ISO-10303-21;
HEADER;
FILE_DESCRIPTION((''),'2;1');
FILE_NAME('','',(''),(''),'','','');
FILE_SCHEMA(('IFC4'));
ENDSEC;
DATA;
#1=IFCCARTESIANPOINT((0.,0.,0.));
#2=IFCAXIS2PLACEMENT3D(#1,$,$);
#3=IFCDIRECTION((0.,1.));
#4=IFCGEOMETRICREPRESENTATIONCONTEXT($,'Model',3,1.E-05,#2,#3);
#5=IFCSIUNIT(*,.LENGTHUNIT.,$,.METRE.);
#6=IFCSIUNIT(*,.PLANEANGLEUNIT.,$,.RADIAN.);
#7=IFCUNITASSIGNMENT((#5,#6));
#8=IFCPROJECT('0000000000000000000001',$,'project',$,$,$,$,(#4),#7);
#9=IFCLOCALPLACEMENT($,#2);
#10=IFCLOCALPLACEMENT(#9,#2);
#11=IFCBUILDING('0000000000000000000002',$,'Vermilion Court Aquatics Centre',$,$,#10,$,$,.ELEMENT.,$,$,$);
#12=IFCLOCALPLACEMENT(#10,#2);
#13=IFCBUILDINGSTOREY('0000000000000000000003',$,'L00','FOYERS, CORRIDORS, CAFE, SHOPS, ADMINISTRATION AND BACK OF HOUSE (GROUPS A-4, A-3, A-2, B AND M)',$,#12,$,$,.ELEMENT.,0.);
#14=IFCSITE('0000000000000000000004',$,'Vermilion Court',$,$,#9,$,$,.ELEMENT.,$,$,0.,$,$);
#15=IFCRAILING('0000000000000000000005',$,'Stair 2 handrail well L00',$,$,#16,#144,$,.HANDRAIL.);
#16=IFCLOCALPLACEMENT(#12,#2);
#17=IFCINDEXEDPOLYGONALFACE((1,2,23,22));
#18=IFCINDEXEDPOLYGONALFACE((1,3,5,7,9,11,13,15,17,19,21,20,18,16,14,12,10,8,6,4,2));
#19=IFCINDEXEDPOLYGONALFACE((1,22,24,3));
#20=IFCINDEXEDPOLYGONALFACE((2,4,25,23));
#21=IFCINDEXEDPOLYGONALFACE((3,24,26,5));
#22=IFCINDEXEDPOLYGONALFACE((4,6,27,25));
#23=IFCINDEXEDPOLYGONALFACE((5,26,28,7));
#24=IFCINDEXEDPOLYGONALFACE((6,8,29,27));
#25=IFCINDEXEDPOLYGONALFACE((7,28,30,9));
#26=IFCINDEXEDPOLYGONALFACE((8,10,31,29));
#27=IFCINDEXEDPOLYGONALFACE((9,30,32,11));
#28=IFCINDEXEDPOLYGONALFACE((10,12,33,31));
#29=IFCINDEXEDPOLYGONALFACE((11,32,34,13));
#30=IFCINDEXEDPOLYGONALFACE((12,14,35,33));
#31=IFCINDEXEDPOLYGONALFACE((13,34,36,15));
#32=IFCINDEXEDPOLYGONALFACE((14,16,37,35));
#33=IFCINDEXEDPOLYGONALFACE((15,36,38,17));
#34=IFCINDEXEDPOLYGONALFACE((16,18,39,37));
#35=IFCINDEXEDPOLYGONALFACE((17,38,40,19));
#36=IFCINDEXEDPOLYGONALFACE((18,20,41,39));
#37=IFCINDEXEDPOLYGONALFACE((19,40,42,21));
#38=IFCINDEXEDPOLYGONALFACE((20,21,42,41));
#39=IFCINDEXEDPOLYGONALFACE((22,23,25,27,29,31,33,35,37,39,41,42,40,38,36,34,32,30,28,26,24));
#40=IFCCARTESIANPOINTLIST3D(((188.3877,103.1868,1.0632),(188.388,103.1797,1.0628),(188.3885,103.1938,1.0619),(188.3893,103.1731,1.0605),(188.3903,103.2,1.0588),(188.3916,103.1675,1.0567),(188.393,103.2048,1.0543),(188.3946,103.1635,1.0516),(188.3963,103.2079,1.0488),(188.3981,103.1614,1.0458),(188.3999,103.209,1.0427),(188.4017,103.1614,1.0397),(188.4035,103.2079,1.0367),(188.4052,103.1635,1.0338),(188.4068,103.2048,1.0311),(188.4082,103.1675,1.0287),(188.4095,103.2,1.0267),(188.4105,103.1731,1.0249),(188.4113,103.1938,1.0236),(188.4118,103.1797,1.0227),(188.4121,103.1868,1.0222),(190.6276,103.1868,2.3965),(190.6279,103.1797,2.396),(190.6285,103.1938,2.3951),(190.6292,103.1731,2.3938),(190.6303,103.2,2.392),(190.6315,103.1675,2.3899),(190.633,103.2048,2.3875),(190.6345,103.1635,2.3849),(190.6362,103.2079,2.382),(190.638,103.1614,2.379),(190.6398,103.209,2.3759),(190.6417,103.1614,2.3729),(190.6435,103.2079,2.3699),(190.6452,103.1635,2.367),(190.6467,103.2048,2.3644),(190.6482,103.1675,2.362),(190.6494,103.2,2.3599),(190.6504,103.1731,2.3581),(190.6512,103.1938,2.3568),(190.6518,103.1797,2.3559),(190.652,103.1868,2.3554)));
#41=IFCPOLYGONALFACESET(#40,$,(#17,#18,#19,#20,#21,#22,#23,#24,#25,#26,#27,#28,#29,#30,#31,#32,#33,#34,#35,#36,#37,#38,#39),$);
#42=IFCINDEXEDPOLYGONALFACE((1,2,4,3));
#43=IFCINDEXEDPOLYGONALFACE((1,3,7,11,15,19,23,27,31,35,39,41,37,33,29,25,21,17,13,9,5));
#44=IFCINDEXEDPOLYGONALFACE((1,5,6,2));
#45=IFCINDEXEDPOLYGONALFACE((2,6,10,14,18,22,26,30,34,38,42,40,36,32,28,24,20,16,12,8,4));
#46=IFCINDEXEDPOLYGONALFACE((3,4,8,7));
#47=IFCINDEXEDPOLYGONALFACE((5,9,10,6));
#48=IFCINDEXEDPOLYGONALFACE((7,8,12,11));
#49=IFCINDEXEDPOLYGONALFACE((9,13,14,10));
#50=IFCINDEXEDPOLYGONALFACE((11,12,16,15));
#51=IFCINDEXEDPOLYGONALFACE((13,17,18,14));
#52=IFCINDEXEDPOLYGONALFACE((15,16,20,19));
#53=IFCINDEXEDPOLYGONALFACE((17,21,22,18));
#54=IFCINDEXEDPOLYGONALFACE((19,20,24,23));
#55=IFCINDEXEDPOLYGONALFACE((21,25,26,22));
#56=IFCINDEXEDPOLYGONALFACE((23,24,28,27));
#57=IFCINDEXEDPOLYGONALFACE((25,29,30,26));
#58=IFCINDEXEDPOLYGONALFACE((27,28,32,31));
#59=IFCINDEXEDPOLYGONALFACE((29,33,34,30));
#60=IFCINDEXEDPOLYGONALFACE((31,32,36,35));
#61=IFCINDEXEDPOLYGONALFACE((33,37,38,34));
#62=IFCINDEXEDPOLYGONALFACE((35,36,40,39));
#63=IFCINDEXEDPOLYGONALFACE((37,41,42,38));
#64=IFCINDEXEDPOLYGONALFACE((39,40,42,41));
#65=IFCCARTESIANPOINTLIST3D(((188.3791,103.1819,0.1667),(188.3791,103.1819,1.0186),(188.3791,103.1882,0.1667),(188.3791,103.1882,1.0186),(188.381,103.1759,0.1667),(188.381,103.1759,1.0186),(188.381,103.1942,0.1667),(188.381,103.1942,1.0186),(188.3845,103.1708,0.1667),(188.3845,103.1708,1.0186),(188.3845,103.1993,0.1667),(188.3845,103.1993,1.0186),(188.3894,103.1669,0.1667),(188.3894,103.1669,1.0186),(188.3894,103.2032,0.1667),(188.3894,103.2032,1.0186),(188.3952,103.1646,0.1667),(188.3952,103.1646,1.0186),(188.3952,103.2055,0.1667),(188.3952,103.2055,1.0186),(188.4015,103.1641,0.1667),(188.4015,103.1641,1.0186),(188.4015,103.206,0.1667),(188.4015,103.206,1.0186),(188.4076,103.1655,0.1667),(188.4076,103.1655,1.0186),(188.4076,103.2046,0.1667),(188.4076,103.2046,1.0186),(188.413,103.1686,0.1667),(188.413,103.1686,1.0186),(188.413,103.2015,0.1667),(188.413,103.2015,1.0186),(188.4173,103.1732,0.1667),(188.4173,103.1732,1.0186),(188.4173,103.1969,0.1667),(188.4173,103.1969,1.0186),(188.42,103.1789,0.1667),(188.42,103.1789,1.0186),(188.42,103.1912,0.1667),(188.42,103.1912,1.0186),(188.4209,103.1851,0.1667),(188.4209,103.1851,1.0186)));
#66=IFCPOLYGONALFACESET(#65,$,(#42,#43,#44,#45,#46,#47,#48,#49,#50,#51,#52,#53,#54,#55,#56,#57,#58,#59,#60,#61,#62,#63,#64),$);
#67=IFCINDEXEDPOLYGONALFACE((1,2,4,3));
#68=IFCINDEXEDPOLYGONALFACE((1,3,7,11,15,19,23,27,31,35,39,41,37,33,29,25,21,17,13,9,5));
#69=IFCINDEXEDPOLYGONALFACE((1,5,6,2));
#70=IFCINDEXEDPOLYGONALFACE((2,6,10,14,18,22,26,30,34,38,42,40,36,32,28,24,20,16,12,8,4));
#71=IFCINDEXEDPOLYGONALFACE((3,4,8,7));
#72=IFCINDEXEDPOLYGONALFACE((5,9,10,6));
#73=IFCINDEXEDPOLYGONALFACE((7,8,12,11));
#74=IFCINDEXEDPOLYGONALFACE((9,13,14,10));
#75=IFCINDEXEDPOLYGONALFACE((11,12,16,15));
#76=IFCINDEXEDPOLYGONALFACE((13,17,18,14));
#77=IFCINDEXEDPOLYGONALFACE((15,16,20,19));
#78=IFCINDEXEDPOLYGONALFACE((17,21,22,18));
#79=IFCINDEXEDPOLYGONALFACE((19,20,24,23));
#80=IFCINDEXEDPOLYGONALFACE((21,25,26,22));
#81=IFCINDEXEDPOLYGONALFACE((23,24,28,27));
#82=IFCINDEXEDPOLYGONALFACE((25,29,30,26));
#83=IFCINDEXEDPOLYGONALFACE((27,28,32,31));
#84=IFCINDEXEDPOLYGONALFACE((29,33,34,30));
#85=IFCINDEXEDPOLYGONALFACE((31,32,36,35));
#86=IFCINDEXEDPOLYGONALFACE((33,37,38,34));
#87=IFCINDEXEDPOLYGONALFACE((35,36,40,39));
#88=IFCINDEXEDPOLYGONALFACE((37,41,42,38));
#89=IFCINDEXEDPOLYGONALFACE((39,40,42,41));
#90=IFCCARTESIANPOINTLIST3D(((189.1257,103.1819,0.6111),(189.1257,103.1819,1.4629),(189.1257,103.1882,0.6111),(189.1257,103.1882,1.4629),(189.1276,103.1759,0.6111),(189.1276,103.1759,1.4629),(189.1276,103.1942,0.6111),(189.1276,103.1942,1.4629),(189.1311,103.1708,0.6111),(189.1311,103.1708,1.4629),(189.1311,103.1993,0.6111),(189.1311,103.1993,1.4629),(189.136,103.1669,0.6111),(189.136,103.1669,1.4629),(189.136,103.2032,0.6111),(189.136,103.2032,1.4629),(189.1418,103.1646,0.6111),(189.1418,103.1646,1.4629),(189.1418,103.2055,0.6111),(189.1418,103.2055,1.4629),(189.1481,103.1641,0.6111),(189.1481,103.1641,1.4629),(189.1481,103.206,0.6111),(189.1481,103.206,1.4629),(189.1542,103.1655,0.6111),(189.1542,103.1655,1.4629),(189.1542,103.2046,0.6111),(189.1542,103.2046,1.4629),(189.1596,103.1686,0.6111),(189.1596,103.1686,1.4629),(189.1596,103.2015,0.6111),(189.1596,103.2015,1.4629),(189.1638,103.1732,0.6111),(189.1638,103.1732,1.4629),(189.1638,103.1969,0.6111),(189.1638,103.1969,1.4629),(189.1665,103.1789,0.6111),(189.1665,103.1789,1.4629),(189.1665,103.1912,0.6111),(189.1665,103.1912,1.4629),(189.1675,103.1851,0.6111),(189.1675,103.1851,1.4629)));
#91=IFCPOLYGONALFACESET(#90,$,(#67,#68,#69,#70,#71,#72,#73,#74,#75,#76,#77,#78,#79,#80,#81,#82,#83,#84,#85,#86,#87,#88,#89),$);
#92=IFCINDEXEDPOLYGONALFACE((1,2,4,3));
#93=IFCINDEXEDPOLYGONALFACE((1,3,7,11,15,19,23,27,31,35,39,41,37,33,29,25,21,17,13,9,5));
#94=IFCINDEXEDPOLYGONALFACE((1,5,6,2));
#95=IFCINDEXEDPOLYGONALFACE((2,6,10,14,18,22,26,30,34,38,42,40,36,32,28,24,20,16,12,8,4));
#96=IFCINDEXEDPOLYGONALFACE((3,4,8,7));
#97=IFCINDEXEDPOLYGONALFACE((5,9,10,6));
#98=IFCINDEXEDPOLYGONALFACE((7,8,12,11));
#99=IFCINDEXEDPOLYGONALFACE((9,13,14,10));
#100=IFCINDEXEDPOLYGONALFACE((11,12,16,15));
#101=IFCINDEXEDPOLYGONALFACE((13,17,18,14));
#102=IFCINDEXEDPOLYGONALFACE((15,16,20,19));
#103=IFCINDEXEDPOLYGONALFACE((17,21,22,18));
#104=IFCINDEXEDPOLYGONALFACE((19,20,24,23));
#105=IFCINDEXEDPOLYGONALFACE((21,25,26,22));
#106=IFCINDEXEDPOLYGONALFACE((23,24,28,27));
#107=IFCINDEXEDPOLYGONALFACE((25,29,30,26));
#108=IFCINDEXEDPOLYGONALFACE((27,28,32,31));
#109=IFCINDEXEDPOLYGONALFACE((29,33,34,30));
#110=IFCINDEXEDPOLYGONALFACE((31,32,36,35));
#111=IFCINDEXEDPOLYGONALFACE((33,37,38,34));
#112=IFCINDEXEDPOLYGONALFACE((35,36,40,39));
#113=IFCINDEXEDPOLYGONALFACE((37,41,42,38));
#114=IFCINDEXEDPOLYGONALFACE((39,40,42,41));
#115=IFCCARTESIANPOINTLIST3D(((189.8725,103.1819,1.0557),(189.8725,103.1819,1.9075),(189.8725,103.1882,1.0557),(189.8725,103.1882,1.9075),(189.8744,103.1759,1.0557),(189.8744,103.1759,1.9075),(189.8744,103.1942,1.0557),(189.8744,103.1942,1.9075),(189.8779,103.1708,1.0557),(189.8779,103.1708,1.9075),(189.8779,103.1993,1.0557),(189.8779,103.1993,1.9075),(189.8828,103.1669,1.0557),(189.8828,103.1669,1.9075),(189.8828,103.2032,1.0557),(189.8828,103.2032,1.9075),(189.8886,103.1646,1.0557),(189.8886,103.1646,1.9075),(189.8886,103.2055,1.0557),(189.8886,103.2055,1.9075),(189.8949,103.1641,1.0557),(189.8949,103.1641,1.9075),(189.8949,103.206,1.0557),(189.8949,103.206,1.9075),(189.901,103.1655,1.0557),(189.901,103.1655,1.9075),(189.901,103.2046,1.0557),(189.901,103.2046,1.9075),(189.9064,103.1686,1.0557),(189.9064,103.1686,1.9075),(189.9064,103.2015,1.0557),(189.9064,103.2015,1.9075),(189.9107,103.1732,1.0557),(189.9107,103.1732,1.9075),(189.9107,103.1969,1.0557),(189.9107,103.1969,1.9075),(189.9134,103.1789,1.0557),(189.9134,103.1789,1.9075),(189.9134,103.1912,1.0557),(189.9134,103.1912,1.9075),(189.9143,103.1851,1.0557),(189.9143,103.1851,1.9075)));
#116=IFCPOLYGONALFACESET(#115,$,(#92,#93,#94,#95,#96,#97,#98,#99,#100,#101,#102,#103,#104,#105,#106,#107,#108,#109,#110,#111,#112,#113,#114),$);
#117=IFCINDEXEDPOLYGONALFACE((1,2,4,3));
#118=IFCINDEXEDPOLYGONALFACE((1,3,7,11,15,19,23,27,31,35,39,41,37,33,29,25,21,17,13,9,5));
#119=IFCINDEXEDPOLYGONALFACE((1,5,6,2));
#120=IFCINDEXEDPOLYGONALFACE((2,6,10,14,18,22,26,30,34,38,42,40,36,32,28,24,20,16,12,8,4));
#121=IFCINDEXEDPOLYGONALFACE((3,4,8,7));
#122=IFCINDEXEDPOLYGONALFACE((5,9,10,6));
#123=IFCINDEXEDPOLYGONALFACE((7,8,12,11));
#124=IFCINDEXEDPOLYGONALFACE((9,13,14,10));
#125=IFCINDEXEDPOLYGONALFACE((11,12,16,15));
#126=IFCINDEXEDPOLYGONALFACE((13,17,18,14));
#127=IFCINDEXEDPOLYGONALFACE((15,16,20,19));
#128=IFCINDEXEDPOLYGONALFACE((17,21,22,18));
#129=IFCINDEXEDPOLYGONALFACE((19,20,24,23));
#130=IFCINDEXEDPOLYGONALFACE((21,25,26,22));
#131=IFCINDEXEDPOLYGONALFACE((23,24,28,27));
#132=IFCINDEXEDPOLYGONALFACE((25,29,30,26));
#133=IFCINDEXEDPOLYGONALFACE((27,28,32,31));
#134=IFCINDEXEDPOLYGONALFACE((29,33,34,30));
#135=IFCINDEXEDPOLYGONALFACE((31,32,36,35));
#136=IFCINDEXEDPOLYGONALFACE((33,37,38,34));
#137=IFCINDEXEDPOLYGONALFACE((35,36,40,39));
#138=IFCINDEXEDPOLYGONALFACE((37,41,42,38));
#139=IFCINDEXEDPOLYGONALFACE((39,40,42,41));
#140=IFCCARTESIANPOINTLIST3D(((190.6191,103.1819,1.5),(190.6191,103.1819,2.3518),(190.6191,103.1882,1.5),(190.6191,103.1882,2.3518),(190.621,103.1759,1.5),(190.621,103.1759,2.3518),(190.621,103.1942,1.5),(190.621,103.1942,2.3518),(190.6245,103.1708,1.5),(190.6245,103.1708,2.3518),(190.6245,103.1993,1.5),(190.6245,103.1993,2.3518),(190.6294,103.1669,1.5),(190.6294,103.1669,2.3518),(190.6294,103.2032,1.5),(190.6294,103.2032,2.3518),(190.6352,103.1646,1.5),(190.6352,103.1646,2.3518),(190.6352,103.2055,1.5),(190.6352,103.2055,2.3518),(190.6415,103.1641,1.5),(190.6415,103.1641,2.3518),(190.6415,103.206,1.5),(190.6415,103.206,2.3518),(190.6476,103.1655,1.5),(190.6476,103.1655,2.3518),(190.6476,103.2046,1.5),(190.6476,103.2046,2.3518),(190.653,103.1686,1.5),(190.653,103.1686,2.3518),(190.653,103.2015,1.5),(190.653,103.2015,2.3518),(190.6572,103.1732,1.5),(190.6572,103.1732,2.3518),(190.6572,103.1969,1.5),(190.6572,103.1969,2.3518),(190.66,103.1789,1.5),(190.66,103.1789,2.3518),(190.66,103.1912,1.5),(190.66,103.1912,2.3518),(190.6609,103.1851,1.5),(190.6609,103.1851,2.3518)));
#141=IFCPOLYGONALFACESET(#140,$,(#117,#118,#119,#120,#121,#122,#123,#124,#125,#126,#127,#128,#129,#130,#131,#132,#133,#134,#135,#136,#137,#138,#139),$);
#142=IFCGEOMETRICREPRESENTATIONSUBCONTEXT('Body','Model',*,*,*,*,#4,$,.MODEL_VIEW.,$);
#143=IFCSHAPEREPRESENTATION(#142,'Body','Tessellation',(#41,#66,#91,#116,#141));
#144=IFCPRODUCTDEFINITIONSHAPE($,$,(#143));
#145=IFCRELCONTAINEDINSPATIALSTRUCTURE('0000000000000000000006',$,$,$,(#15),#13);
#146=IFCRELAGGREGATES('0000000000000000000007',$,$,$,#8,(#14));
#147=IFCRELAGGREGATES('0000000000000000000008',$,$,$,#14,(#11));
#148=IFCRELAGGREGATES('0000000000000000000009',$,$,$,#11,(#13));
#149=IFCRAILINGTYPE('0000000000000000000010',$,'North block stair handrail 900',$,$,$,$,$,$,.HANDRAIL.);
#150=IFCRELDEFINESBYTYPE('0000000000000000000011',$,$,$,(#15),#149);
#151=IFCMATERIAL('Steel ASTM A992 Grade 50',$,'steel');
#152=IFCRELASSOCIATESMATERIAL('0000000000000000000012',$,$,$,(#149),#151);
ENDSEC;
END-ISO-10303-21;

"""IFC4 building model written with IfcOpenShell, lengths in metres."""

from ifc_helpers import new_model, si_unit, direction, frame, origin, origin_2d, place, context, subcontext, project, spatial, circle, extrude, material, type_object, element, save


model = new_model("IFC4")

# Units and contexts
model_context = context("Model", 3, precision=1e-05, world=origin(), true_north=direction((0.0, 1.0)))
body_context = subcontext(model_context, "Body", "Model", "MODEL_VIEW")
ifc_project = project(units=[si_unit("LENGTHUNIT", "METRE"), si_unit("PLANEANGLEUNIT", "RADIAN")], contexts=[model_context])

# Site, building, storey
site_placement = place(None, origin())
site = spatial("IfcSite", under=ifc_project, at=site_placement, Name="Vermilion Court", CompositionType="ELEMENT", RefElevation=0.0)
building_placement = place(site_placement, origin())
building = spatial("IfcBuilding", under=site, at=building_placement, Name="Vermilion Court Aquatics Centre", CompositionType="ELEMENT")
storey_placement = place(building_placement, origin())
storey = spatial("IfcBuildingStorey", under=building, at=storey_placement, Name="L00", Description="FOYERS, CORRIDORS, CAFE, SHOPS, ADMINISTRATION AND BACK OF HOUSE (GROUPS A-4, A-3, A-2, B AND M)", CompositionType="ELEMENT", Elevation=0.0)

# Railing
ifc_material_1 = material(Name="Steel ASTM A992 Grade 50", Category="steel")
railing_type_1 = type_object("IfcRailingType", Name="North block stair handrail 900", PredefinedType="HANDRAIL", material=ifc_material_1)
for number, where, name in (
    (1, (188.3999, 103.1851, 0.1667), "Stair 2 handrail well L00"),
):
    element("IfcRailing", number, at=place(storey_placement, frame(where)), inside=storey, type_object=railing_type_1, Name=name, PredefinedType="HANDRAIL", context=body_context, shape_type="SweptSolid", body=[
        extrude(circle(Radius=0.0239, at=origin_2d()), frame((0.0, 0.0, 0.876), z_axis=(0.859306, 0.0, 0.511462), x_axis=(0.0, 1.0, 0.0)), (0.0, 0.0, 1.0), 2.6067),
        extrude(circle(Radius=0.021, at=origin_2d()), origin(), (0.0, 0.0, 1.0), 0.8518),
        extrude(circle(Radius=0.021, at=origin_2d()), frame((0.7466, 0.0, 0.4443)), (0.0, 0.0, 1.0), 0.8518),
        extrude(circle(Radius=0.021, at=origin_2d()), frame((1.4934, 0.0, 0.8889)), (0.0, 0.0, 1.0), 0.8518),
        extrude(circle(Radius=0.021, at=origin_2d()), frame((2.24, 0.0, 1.3333)), (0.0, 0.0, 1.0), 0.8518),
    ])

save(model, "model.ifc")
